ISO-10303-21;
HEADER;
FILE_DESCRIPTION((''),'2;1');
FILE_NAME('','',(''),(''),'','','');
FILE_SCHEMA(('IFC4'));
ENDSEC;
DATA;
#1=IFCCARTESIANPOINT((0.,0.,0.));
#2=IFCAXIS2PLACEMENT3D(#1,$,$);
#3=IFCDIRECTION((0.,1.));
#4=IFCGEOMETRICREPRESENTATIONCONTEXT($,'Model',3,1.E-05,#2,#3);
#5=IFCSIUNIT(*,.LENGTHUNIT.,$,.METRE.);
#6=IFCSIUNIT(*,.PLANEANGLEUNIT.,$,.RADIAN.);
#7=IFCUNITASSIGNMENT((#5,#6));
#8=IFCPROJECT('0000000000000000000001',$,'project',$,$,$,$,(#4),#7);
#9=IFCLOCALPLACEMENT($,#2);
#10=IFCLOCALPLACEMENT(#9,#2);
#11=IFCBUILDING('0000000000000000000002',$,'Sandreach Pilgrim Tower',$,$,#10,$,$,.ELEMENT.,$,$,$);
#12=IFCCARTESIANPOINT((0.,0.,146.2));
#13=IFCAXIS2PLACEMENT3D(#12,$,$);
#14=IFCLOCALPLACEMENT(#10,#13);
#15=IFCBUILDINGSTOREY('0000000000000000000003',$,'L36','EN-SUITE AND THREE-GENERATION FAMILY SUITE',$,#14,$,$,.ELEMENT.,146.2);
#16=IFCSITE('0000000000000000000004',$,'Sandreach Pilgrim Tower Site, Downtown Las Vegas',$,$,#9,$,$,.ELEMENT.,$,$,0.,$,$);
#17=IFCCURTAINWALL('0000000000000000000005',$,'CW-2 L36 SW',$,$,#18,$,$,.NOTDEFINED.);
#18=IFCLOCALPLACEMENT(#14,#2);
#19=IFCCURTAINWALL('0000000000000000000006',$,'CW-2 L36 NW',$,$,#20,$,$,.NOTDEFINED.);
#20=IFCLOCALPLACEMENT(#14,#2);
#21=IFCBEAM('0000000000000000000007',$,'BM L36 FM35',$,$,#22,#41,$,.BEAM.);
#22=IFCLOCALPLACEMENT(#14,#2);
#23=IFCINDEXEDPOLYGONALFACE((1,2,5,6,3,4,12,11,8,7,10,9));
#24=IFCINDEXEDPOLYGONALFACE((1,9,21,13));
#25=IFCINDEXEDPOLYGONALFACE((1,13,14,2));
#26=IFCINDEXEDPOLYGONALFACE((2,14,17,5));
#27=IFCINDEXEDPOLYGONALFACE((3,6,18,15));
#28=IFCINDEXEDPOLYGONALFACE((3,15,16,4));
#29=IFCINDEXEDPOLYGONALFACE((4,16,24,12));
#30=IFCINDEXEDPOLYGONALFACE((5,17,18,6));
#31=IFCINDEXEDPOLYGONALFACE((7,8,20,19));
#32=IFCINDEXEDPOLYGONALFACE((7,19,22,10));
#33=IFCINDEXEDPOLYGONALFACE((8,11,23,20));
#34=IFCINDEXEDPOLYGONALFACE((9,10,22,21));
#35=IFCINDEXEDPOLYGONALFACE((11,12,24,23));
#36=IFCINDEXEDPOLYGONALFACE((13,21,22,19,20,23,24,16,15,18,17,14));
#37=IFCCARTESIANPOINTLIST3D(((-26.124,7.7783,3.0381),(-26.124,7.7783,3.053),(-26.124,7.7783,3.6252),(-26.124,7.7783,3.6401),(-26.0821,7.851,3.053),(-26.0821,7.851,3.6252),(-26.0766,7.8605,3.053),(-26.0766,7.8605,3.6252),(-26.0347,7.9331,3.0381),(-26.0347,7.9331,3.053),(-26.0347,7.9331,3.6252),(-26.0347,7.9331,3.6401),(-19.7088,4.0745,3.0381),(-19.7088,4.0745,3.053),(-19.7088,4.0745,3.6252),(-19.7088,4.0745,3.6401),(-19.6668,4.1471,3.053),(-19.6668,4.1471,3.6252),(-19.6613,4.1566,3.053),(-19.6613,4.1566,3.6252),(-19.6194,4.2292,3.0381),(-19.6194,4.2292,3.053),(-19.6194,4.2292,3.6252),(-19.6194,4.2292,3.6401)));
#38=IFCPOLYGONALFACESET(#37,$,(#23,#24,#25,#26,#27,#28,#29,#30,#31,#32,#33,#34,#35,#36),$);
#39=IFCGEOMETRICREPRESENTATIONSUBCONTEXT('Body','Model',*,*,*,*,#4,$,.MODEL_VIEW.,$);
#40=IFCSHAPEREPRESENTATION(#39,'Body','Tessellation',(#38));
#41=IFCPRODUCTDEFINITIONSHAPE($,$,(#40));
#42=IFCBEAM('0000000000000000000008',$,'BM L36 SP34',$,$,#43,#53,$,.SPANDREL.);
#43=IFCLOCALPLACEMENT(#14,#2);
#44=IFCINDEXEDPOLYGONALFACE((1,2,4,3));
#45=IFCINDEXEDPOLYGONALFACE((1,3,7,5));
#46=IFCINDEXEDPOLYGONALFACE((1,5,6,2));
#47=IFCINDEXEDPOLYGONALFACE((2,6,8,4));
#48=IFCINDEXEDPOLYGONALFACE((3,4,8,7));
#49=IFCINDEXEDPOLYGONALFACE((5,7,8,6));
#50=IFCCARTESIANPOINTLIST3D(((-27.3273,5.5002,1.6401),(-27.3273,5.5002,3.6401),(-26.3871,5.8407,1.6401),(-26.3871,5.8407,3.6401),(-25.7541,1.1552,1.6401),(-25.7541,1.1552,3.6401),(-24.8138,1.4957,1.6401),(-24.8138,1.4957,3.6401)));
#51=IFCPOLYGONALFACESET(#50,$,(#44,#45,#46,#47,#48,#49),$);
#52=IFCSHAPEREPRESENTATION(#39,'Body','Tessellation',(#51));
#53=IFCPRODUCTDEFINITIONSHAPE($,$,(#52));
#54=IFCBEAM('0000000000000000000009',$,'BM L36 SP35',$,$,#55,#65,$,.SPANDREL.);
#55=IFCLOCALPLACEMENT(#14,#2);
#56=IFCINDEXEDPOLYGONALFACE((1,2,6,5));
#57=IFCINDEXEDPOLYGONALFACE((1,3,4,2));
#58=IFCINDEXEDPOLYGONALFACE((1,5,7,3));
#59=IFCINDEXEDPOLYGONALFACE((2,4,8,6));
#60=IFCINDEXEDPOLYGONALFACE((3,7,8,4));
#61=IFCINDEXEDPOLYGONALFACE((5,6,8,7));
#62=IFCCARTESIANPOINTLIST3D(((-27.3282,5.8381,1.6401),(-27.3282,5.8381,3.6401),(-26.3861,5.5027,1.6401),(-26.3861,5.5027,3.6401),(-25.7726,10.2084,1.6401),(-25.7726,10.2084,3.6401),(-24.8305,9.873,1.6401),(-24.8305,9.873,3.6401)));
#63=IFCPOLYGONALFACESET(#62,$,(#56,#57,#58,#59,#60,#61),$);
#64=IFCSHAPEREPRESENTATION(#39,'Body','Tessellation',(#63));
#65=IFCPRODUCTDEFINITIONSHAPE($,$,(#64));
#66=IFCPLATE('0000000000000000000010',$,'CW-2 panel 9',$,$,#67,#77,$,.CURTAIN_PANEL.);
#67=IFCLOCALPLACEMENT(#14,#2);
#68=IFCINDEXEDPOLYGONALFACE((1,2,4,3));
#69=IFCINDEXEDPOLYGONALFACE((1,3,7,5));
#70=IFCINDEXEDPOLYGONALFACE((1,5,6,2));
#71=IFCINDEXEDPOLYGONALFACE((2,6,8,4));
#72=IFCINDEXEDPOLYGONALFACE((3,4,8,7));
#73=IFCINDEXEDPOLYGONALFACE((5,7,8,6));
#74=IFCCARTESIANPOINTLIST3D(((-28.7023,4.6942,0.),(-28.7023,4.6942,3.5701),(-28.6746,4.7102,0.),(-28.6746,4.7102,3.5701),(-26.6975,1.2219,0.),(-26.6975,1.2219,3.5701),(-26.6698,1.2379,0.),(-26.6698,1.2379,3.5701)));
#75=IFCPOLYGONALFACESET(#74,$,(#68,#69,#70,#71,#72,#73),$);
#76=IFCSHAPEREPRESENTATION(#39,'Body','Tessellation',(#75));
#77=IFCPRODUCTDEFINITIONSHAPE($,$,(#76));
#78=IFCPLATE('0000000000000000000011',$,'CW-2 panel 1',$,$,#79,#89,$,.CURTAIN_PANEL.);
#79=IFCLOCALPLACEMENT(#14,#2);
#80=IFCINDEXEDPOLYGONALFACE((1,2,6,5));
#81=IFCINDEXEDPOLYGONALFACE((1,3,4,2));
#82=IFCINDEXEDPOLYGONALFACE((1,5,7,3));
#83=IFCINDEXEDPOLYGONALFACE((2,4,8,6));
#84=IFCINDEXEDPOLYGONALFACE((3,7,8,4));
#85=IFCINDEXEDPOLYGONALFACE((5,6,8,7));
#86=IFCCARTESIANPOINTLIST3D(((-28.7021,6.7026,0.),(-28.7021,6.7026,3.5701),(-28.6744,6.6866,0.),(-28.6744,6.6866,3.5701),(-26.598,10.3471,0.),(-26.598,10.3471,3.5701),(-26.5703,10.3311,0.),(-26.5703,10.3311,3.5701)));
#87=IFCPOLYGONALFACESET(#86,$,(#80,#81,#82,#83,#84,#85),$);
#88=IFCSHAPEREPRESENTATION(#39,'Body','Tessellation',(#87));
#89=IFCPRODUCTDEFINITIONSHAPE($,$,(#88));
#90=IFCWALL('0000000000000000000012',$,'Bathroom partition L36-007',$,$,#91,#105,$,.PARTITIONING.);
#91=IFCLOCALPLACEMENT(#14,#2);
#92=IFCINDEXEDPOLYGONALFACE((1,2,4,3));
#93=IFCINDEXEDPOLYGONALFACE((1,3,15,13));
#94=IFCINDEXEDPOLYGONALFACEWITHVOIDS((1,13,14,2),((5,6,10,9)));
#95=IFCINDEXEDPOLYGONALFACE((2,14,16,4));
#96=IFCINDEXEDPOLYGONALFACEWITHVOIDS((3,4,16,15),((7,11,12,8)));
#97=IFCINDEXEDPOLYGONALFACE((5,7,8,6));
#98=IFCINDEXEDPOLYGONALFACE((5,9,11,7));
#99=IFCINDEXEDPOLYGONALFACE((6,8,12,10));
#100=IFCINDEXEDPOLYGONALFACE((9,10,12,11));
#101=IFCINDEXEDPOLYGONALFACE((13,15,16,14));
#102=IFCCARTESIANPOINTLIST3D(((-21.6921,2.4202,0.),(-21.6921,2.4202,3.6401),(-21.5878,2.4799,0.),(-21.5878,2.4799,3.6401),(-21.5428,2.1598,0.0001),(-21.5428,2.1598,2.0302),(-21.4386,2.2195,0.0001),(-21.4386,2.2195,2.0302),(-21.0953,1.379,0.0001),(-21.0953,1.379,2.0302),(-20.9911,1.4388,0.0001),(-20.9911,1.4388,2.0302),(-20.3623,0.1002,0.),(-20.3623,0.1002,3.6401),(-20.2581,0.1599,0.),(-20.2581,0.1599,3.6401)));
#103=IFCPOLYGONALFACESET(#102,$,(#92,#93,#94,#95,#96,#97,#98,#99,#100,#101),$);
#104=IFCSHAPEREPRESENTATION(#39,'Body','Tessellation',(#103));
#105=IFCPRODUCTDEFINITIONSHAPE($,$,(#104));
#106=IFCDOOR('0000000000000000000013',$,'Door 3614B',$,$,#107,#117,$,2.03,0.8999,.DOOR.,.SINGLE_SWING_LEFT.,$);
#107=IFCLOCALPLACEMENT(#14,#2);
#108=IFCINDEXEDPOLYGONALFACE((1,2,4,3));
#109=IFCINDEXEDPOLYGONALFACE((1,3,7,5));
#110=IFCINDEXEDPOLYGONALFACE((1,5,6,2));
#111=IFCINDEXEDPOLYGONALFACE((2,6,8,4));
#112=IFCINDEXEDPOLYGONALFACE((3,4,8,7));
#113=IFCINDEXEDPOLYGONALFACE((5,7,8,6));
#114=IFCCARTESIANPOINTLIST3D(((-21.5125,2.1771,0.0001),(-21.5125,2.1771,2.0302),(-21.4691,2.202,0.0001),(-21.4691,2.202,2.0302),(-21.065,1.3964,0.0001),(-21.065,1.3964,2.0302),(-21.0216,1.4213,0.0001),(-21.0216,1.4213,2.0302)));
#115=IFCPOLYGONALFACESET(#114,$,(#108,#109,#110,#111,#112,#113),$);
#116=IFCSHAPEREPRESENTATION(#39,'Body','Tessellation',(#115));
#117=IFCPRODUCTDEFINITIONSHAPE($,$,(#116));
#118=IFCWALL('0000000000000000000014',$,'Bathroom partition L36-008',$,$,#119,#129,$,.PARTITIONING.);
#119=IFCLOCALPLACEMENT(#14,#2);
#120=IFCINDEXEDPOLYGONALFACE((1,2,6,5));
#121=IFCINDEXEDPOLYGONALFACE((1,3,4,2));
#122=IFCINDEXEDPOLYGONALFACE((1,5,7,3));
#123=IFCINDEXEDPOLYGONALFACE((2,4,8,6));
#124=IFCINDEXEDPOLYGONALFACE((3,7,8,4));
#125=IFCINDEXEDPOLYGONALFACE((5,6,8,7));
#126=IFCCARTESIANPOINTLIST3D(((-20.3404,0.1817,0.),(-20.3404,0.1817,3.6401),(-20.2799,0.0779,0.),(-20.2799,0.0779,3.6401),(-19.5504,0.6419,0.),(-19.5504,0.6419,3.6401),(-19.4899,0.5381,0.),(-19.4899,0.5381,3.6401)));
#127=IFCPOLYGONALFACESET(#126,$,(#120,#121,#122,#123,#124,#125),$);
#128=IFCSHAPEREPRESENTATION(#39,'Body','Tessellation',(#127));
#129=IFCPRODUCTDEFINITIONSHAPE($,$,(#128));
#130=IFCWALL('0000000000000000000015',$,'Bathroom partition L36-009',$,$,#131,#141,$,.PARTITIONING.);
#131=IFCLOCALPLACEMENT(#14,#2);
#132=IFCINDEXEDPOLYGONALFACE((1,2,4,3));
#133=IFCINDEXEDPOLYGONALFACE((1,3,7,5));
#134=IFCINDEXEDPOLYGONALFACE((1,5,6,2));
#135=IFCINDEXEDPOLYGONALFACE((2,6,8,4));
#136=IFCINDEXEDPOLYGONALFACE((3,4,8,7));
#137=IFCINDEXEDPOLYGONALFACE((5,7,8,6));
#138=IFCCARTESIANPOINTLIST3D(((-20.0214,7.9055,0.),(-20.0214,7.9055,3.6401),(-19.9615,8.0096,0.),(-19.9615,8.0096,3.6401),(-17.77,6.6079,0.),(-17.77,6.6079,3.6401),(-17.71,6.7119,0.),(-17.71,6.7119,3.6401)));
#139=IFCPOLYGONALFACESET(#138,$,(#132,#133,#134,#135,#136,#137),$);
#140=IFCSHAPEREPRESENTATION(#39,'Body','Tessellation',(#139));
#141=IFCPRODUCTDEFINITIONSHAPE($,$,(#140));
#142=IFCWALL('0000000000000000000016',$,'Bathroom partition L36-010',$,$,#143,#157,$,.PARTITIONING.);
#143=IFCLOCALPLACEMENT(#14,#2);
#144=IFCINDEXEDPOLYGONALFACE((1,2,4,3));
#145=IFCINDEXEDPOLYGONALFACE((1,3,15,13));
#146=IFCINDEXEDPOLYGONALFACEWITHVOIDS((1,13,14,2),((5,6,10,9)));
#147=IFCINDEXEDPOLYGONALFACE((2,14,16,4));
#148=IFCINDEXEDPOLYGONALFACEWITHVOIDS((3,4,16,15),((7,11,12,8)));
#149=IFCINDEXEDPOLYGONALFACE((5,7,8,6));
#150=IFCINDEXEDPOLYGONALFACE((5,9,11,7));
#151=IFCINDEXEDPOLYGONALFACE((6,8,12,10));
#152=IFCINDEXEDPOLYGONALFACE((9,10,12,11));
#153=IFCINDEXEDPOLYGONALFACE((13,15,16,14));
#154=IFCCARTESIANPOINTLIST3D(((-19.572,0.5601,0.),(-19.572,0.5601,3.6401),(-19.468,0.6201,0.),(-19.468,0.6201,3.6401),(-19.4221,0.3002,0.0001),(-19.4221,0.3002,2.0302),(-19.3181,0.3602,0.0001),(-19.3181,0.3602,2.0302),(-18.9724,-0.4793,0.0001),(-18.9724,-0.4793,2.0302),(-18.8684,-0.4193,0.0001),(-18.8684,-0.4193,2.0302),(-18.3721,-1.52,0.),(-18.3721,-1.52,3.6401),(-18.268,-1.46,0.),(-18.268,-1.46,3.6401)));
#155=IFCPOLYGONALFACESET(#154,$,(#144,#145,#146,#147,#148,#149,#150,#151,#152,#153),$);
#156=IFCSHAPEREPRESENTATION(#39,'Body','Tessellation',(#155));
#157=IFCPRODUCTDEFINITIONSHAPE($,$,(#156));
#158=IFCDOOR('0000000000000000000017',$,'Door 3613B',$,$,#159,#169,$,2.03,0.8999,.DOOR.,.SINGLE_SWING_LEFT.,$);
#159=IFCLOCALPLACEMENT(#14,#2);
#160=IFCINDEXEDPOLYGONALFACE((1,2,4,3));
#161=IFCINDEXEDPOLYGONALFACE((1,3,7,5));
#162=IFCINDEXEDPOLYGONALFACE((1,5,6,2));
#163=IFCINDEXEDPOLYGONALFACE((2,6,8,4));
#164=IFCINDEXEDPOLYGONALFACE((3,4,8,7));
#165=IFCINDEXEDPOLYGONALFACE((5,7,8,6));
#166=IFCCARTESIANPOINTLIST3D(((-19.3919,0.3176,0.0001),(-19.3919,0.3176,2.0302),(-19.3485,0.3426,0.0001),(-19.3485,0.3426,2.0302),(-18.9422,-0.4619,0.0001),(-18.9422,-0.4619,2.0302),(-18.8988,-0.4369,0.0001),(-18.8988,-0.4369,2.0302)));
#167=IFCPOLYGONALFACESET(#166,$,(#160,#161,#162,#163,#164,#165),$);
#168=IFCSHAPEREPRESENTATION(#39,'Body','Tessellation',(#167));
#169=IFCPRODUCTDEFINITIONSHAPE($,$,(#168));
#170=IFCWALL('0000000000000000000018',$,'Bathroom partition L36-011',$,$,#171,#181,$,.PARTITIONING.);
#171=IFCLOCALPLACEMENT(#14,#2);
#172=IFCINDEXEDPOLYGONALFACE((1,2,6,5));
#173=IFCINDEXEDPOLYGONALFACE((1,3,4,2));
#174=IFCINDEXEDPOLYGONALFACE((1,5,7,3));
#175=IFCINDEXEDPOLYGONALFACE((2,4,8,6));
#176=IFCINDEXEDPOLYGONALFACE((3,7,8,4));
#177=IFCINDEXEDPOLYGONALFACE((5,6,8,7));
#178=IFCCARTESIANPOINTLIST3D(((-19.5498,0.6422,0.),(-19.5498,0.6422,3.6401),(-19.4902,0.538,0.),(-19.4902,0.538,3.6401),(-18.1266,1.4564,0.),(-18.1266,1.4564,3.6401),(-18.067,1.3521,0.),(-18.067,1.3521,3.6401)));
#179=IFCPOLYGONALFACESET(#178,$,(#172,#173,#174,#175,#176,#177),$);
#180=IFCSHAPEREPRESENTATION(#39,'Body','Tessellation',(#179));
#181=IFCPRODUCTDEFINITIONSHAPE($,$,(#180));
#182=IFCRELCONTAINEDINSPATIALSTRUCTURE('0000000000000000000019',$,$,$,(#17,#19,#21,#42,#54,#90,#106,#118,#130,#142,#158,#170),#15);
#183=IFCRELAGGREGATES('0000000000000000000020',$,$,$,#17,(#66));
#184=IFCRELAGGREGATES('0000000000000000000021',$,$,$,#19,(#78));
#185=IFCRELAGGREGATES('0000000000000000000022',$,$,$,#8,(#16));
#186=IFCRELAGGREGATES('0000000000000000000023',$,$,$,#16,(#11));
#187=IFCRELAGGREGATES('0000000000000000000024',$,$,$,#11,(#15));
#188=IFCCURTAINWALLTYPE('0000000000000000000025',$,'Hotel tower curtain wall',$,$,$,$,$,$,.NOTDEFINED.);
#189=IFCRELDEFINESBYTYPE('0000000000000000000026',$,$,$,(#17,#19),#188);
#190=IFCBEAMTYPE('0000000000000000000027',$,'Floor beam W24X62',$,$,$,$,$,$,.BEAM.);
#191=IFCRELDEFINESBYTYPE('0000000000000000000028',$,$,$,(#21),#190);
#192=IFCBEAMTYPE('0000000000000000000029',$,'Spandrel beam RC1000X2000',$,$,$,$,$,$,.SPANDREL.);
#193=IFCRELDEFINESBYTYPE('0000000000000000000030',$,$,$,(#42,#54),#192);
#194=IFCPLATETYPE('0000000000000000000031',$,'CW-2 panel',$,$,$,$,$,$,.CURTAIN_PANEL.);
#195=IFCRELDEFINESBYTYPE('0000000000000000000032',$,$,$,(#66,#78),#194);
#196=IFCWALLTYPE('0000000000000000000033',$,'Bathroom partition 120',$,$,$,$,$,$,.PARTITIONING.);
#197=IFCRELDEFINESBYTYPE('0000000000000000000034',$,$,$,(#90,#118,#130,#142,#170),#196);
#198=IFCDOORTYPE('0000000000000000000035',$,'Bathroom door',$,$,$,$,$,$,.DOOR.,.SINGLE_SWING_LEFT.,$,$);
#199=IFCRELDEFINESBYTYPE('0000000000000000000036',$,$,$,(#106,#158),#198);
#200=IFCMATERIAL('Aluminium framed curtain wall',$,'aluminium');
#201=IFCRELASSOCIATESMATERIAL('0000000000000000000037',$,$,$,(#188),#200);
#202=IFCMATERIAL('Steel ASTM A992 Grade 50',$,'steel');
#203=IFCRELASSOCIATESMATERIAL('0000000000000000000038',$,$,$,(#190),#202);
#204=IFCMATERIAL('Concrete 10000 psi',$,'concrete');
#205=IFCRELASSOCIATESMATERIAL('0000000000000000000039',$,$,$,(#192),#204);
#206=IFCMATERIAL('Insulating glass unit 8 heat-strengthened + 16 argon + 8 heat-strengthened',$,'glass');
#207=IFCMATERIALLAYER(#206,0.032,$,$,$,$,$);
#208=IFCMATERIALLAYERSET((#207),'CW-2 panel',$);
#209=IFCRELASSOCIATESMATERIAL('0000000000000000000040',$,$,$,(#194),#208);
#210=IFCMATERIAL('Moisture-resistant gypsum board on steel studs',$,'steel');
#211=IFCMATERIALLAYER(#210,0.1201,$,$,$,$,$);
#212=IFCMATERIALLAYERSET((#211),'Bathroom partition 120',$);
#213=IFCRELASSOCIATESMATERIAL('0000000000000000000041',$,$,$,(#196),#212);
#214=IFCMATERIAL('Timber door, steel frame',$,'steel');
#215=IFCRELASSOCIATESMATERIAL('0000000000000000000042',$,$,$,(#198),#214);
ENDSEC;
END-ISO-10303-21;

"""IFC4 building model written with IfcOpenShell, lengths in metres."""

from ifc_helpers import new_model, si_unit, direction, frame, frame_2d, origin, origin_2d, place, context, subcontext, project, spatial, rectangle, i_section, extrude, material, layer, layer_set, material_profile, profile_set, type_object, element, fill, aggregate, save


model = new_model("IFC4")

# Units and contexts
model_context = context("Model", 3, precision=1e-05, world=origin(), true_north=direction((0.0, 1.0)))
body_context = subcontext(model_context, "Body", "Model", "MODEL_VIEW")
ifc_project = project(units=[si_unit("LENGTHUNIT", "METRE"), si_unit("PLANEANGLEUNIT", "RADIAN")], contexts=[model_context])

# Site, building, storey
site_placement = place(None, origin())
site = spatial("IfcSite", under=ifc_project, at=site_placement, Name="Sandreach Pilgrim Tower Site, Downtown Las Vegas", CompositionType="ELEMENT", RefElevation=0.0)
building_placement = place(site_placement, origin())
building = spatial("IfcBuilding", under=site, at=building_placement, Name="Sandreach Pilgrim Tower", CompositionType="ELEMENT")
storey_placement = place(building_placement, frame((0.0, 0.0, 146.2)))
storey = spatial("IfcBuildingStorey", under=building, at=storey_placement, Name="L36", Description="EN-SUITE AND THREE-GENERATION FAMILY SUITE", CompositionType="ELEMENT", Elevation=146.2)

# Curtain wall
ifc_material_1 = material(Name="Aluminium framed curtain wall", Category="aluminium")
curtain_wall_type = type_object("IfcCurtainWallType", Name="Hotel tower curtain wall", PredefinedType="NOTDEFINED", material=ifc_material_1)
curtain_wall_1_placement = place(storey_placement, origin())
curtain_wall_1 = element("IfcCurtainWall", 1, at=curtain_wall_1_placement, inside=storey, type_object=curtain_wall_type, Name="CW-2 L36 SW", PredefinedType="NOTDEFINED")

# Curtain wall
curtain_wall_2_placement = place(storey_placement, origin())
curtain_wall_2 = element("IfcCurtainWall", 2, at=curtain_wall_2_placement, inside=storey, type_object=curtain_wall_type, Name="CW-2 L36 NW", PredefinedType="NOTDEFINED")

# Beams
ifc_material_2 = material(Name="Steel ASTM A992 Grade 50", Category="steel")
ifc_material_profile_1 = material_profile(ifc_material_2, i_section(OverallWidth=0.1787, OverallDepth=0.6021, WebThickness=0.011, FlangeThickness=0.0149, at=origin_2d()), Name="W24X62")
ifc_profile_set_1 = profile_set([ifc_material_profile_1], Name="Steel ASTM A992 Grade 50")
beam_type_1 = type_object("IfcBeamType", Name="Floor beam W24X62", PredefinedType="BEAM", material=ifc_profile_set_1)
beam_1_placement = place(storey_placement, frame((-26.0793, 7.8557, 3.3391), z_axis=(0.866026, -0.499999, 0.0), x_axis=(0.499999, 0.866026, 0.0)))
element("IfcBeam", 3, at=beam_1_placement, inside=storey, type_object=beam_type_1, Name="BM L36 FM35", PredefinedType="BEAM", context=body_context, shape_type="SweptSolid", body=[
    extrude(i_section(OverallWidth=0.1787, OverallDepth=0.6021, WebThickness=0.011, FlangeThickness=0.0149, at=origin_2d()), origin(), (0.0, 0.0, 1.0), 7.4077),
])
ifc_material_3 = material(Name="Concrete 10000 psi", Category="concrete")
ifc_material_profile_2 = material_profile(ifc_material_3, rectangle(XDim=1.0, YDim=2.0, at=origin_2d()), Name="RC1000X2000")
ifc_profile_set_2 = profile_set([ifc_material_profile_2], Name="Concrete 10000 psi")
beam_type_2 = type_object("IfcBeamType", Name="Spandrel beam RC1000X2000", PredefinedType="SPANDREL", material=ifc_profile_set_2)
beam_2_placement = place(storey_placement, frame((-25.2839, 1.3254, 2.6401), z_axis=(-0.340453, 0.940261, 0.0), x_axis=(-0.940261, -0.340453, 0.0)))
element("IfcBeam", 4, at=beam_2_placement, inside=storey, type_object=beam_type_2, Name="BM L36 SP34", PredefinedType="SPANDREL", context=body_context, shape_type="SweptSolid", body=[
    extrude(rectangle(XDim=1.0, YDim=2.0, at=origin_2d()), origin(), (0.0, 0.0, 1.0), 4.6211),
])
beam_3_placement = place(storey_placement, frame((-26.8572, 5.6704, 2.6401), z_axis=(0.335346, 0.942095, 0.0), x_axis=(-0.942095, 0.335346, 0.0)))
element("IfcBeam", 5, at=beam_3_placement, inside=storey, type_object=beam_type_2, Name="BM L36 SP35", PredefinedType="SPANDREL", context=body_context, shape_type="SweptSolid", body=[
    extrude(rectangle(XDim=1.0, YDim=2.0, at=origin_2d()), origin(), (0.0, 0.0, 1.0), 4.6389),
])

# Plates
ifc_material_4 = material(Name="Insulating glass unit 8 heat-strengthened + 16 argon + 8 heat-strengthened", Category="glass")
ifc_layer_1 = layer(ifc_material_4, 0.032)
ifc_layer_set_1 = layer_set([ifc_layer_1], Name="CW-2 panel")
plate_type = type_object("IfcPlateType", Name="CW-2 panel", PredefinedType="CURTAIN_PANEL", material=ifc_layer_set_1)
plate_1_placement = place(storey_placement, frame((-27.686, 2.9661, 0.0), z_axis=(0.0, 0.0, 1.0), x_axis=(-0.5, 0.866025, 0.0)))
plate_1 = element("IfcPlate", 6, at=plate_1_placement, type_object=plate_type, Name="CW-2 panel 9", PredefinedType="CURTAIN_PANEL", context=body_context, shape_type="SweptSolid", body=[
    extrude(rectangle(XDim=4.0095, YDim=0.032, at=origin_2d()), origin(), (0.0, 0.0, 1.0), 3.5701),
])
aggregate(curtain_wall_1, [plate_1])
plate_2_placement = place(storey_placement, frame((-27.6362, 8.5168, 0.0), z_axis=(0.0, 0.0, 1.0), x_axis=(0.5, 0.866025, 0.0)))
plate_2 = element("IfcPlate", 7, at=plate_2_placement, type_object=plate_type, Name="CW-2 panel 1", PredefinedType="CURTAIN_PANEL", context=body_context, shape_type="SweptSolid", body=[
    extrude(rectangle(XDim=4.2083, YDim=0.032, at=origin_2d()), origin(), (0.0, 0.0, 1.0), 3.5701),
])
aggregate(curtain_wall_2, [plate_2])

# Wall, opening, door
ifc_material_5 = material(Name="Moisture-resistant gypsum board on steel studs", Category="steel")
ifc_layer_2 = layer(ifc_material_5, 0.1201)
ifc_layer_set_2 = layer_set([ifc_layer_2], Name="Bathroom partition 120")
wall_type_1 = type_object("IfcWallType", Name="Bathroom partition 120", PredefinedType="PARTITIONING", material=ifc_layer_set_2)
wall_1_placement = place(storey_placement, frame((-21.6399, 2.45, 0.0), z_axis=(0.0, 0.0, 1.0), x_axis=(0.497289, -0.867585, 0.0)))
wall_1 = element("IfcWall", 8, at=wall_1_placement, inside=storey, type_object=wall_type_1, Name="Bathroom partition L36-007", PredefinedType="PARTITIONING", context=body_context, shape_type="SweptSolid", body=[
    extrude(rectangle(XDim=2.6741, YDim=0.1201, at=frame_2d((1.3369, 0.0))), origin(), (0.0, 0.0, 1.0), 3.6401),
])
opening_1_placement = place(wall_1_placement, frame((0.3, 0.0, 0.0)))
opening_1 = element("IfcOpeningElement", 9, at=opening_1_placement, cuts=wall_1, PredefinedType="OPENING", context=body_context, shape_type="SweptSolid", body=[
    extrude(rectangle(XDim=0.8999, YDim=2.03, at=frame_2d((0.45, 1.0151))), frame((0.0, 0.0601, 0.0), z_axis=(0.0, -1.0, 0.0), x_axis=(1.0, 0.0, 0.0)), (0.0, 0.0, 1.0), 0.1201),
])
ifc_material_6 = material(Name="Timber door, steel frame", Category="steel")
door_type_1 = type_object("IfcDoorType", Name="Bathroom door", OperationType="SINGLE_SWING_LEFT", PredefinedType="DOOR", material=ifc_material_6)
door_1_placement = place(opening_1_placement, origin())
door_1 = element("IfcDoor", 10, at=door_1_placement, inside=storey, type_object=door_type_1, Name="Door 3614B", OperationType="SINGLE_SWING_LEFT", OverallHeight=2.03, OverallWidth=0.8999, PredefinedType="DOOR", context=body_context, shape_type="SweptSolid", body=[
    extrude(rectangle(XDim=0.8999, YDim=2.03, at=frame_2d((0.45, 1.0151))), frame((0.0, 0.0249, 0.0), z_axis=(0.0, -1.0, 0.0), x_axis=(1.0, 0.0, 0.0)), (0.0, 0.0, 1.0), 0.05),
])
fill(opening_1, door_1)

# Walls
wall_2_placement = place(storey_placement, frame((-20.3101, 0.1299, 0.0), z_axis=(0.0, 0.0, 1.0), x_axis=(0.864089, 0.50334, 0.0)))
element("IfcWall", 11, at=wall_2_placement, inside=storey, type_object=wall_type_1, Name="Bathroom partition L36-008", PredefinedType="PARTITIONING", context=body_context, shape_type="SweptSolid", body=[
    extrude(rectangle(XDim=0.9143, YDim=0.1201, at=frame_2d((0.457, 0.0))), origin(), (0.0, 0.0, 1.0), 3.6401),
])
wall_3_placement = place(storey_placement, frame((-19.9915, 7.9575, 0.0), z_axis=(0.0, 0.0, 1.0), x_axis=(0.866404, -0.499343, 0.0)))
element("IfcWall", 12, at=wall_3_placement, inside=storey, type_object=wall_type_1, Name="Bathroom partition L36-009", PredefinedType="PARTITIONING", context=body_context, shape_type="SweptSolid", body=[
    extrude(rectangle(XDim=2.5986, YDim=0.1201, at=frame_2d((1.2993, 0.0))), origin(), (0.0, 0.0, 1.0), 3.6401),
])

# Wall, opening, door
wall_4_placement = place(storey_placement, frame((-19.52, 0.5901, 0.0), z_axis=(0.0, 0.0, 1.0), x_axis=(0.499693, -0.866203, 0.0)))
wall_4 = element("IfcWall", 13, at=wall_4_placement, inside=storey, type_object=wall_type_1, Name="Bathroom partition L36-010", PredefinedType="PARTITIONING", context=body_context, shape_type="SweptSolid", body=[
    extrude(rectangle(XDim=2.4014, YDim=0.1201, at=frame_2d((1.2007, 0.0))), origin(), (0.0, 0.0, 1.0), 3.6401),
])
opening_2_placement = place(wall_4_placement, frame((0.3, 0.0, 0.0)))
opening_2 = element("IfcOpeningElement", 14, at=opening_2_placement, cuts=wall_4, PredefinedType="OPENING", context=body_context, shape_type="SweptSolid", body=[
    extrude(rectangle(XDim=0.8999, YDim=2.03, at=frame_2d((0.45, 1.0151))), frame((0.0, 0.0601, 0.0), z_axis=(0.0, -1.0, 0.0), x_axis=(1.0, 0.0, 0.0)), (0.0, 0.0, 1.0), 0.1201),
])
door_2_placement = place(opening_2_placement, origin())
door_2 = element("IfcDoor", 15, at=door_2_placement, inside=storey, type_object=door_type_1, Name="Door 3613B", OperationType="SINGLE_SWING_LEFT", OverallHeight=2.03, OverallWidth=0.8999, PredefinedType="DOOR", context=body_context, shape_type="SweptSolid", body=[
    extrude(rectangle(XDim=0.8999, YDim=2.03, at=frame_2d((0.45, 1.0151))), frame((0.0, 0.0249, 0.0), z_axis=(0.0, -1.0, 0.0), x_axis=(1.0, 0.0, 0.0)), (0.0, 0.0, 1.0), 0.05),
])
fill(opening_2, door_2)

# Wall
wall_5_placement = place(storey_placement, frame((-19.52, 0.5901, 0.0), z_axis=(0.0, 0.0, 1.0), x_axis=(0.868014, 0.49654, 0.0)))
element("IfcWall", 16, at=wall_5_placement, inside=storey, type_object=wall_type_1, Name="Bathroom partition L36-011", PredefinedType="PARTITIONING", context=body_context, shape_type="SweptSolid", body=[
    extrude(rectangle(XDim=1.6396, YDim=0.1201, at=frame_2d((0.8198, 0.0))), origin(), (0.0, 0.0, 1.0), 3.6401),
])

save(model, "model.ifc")
